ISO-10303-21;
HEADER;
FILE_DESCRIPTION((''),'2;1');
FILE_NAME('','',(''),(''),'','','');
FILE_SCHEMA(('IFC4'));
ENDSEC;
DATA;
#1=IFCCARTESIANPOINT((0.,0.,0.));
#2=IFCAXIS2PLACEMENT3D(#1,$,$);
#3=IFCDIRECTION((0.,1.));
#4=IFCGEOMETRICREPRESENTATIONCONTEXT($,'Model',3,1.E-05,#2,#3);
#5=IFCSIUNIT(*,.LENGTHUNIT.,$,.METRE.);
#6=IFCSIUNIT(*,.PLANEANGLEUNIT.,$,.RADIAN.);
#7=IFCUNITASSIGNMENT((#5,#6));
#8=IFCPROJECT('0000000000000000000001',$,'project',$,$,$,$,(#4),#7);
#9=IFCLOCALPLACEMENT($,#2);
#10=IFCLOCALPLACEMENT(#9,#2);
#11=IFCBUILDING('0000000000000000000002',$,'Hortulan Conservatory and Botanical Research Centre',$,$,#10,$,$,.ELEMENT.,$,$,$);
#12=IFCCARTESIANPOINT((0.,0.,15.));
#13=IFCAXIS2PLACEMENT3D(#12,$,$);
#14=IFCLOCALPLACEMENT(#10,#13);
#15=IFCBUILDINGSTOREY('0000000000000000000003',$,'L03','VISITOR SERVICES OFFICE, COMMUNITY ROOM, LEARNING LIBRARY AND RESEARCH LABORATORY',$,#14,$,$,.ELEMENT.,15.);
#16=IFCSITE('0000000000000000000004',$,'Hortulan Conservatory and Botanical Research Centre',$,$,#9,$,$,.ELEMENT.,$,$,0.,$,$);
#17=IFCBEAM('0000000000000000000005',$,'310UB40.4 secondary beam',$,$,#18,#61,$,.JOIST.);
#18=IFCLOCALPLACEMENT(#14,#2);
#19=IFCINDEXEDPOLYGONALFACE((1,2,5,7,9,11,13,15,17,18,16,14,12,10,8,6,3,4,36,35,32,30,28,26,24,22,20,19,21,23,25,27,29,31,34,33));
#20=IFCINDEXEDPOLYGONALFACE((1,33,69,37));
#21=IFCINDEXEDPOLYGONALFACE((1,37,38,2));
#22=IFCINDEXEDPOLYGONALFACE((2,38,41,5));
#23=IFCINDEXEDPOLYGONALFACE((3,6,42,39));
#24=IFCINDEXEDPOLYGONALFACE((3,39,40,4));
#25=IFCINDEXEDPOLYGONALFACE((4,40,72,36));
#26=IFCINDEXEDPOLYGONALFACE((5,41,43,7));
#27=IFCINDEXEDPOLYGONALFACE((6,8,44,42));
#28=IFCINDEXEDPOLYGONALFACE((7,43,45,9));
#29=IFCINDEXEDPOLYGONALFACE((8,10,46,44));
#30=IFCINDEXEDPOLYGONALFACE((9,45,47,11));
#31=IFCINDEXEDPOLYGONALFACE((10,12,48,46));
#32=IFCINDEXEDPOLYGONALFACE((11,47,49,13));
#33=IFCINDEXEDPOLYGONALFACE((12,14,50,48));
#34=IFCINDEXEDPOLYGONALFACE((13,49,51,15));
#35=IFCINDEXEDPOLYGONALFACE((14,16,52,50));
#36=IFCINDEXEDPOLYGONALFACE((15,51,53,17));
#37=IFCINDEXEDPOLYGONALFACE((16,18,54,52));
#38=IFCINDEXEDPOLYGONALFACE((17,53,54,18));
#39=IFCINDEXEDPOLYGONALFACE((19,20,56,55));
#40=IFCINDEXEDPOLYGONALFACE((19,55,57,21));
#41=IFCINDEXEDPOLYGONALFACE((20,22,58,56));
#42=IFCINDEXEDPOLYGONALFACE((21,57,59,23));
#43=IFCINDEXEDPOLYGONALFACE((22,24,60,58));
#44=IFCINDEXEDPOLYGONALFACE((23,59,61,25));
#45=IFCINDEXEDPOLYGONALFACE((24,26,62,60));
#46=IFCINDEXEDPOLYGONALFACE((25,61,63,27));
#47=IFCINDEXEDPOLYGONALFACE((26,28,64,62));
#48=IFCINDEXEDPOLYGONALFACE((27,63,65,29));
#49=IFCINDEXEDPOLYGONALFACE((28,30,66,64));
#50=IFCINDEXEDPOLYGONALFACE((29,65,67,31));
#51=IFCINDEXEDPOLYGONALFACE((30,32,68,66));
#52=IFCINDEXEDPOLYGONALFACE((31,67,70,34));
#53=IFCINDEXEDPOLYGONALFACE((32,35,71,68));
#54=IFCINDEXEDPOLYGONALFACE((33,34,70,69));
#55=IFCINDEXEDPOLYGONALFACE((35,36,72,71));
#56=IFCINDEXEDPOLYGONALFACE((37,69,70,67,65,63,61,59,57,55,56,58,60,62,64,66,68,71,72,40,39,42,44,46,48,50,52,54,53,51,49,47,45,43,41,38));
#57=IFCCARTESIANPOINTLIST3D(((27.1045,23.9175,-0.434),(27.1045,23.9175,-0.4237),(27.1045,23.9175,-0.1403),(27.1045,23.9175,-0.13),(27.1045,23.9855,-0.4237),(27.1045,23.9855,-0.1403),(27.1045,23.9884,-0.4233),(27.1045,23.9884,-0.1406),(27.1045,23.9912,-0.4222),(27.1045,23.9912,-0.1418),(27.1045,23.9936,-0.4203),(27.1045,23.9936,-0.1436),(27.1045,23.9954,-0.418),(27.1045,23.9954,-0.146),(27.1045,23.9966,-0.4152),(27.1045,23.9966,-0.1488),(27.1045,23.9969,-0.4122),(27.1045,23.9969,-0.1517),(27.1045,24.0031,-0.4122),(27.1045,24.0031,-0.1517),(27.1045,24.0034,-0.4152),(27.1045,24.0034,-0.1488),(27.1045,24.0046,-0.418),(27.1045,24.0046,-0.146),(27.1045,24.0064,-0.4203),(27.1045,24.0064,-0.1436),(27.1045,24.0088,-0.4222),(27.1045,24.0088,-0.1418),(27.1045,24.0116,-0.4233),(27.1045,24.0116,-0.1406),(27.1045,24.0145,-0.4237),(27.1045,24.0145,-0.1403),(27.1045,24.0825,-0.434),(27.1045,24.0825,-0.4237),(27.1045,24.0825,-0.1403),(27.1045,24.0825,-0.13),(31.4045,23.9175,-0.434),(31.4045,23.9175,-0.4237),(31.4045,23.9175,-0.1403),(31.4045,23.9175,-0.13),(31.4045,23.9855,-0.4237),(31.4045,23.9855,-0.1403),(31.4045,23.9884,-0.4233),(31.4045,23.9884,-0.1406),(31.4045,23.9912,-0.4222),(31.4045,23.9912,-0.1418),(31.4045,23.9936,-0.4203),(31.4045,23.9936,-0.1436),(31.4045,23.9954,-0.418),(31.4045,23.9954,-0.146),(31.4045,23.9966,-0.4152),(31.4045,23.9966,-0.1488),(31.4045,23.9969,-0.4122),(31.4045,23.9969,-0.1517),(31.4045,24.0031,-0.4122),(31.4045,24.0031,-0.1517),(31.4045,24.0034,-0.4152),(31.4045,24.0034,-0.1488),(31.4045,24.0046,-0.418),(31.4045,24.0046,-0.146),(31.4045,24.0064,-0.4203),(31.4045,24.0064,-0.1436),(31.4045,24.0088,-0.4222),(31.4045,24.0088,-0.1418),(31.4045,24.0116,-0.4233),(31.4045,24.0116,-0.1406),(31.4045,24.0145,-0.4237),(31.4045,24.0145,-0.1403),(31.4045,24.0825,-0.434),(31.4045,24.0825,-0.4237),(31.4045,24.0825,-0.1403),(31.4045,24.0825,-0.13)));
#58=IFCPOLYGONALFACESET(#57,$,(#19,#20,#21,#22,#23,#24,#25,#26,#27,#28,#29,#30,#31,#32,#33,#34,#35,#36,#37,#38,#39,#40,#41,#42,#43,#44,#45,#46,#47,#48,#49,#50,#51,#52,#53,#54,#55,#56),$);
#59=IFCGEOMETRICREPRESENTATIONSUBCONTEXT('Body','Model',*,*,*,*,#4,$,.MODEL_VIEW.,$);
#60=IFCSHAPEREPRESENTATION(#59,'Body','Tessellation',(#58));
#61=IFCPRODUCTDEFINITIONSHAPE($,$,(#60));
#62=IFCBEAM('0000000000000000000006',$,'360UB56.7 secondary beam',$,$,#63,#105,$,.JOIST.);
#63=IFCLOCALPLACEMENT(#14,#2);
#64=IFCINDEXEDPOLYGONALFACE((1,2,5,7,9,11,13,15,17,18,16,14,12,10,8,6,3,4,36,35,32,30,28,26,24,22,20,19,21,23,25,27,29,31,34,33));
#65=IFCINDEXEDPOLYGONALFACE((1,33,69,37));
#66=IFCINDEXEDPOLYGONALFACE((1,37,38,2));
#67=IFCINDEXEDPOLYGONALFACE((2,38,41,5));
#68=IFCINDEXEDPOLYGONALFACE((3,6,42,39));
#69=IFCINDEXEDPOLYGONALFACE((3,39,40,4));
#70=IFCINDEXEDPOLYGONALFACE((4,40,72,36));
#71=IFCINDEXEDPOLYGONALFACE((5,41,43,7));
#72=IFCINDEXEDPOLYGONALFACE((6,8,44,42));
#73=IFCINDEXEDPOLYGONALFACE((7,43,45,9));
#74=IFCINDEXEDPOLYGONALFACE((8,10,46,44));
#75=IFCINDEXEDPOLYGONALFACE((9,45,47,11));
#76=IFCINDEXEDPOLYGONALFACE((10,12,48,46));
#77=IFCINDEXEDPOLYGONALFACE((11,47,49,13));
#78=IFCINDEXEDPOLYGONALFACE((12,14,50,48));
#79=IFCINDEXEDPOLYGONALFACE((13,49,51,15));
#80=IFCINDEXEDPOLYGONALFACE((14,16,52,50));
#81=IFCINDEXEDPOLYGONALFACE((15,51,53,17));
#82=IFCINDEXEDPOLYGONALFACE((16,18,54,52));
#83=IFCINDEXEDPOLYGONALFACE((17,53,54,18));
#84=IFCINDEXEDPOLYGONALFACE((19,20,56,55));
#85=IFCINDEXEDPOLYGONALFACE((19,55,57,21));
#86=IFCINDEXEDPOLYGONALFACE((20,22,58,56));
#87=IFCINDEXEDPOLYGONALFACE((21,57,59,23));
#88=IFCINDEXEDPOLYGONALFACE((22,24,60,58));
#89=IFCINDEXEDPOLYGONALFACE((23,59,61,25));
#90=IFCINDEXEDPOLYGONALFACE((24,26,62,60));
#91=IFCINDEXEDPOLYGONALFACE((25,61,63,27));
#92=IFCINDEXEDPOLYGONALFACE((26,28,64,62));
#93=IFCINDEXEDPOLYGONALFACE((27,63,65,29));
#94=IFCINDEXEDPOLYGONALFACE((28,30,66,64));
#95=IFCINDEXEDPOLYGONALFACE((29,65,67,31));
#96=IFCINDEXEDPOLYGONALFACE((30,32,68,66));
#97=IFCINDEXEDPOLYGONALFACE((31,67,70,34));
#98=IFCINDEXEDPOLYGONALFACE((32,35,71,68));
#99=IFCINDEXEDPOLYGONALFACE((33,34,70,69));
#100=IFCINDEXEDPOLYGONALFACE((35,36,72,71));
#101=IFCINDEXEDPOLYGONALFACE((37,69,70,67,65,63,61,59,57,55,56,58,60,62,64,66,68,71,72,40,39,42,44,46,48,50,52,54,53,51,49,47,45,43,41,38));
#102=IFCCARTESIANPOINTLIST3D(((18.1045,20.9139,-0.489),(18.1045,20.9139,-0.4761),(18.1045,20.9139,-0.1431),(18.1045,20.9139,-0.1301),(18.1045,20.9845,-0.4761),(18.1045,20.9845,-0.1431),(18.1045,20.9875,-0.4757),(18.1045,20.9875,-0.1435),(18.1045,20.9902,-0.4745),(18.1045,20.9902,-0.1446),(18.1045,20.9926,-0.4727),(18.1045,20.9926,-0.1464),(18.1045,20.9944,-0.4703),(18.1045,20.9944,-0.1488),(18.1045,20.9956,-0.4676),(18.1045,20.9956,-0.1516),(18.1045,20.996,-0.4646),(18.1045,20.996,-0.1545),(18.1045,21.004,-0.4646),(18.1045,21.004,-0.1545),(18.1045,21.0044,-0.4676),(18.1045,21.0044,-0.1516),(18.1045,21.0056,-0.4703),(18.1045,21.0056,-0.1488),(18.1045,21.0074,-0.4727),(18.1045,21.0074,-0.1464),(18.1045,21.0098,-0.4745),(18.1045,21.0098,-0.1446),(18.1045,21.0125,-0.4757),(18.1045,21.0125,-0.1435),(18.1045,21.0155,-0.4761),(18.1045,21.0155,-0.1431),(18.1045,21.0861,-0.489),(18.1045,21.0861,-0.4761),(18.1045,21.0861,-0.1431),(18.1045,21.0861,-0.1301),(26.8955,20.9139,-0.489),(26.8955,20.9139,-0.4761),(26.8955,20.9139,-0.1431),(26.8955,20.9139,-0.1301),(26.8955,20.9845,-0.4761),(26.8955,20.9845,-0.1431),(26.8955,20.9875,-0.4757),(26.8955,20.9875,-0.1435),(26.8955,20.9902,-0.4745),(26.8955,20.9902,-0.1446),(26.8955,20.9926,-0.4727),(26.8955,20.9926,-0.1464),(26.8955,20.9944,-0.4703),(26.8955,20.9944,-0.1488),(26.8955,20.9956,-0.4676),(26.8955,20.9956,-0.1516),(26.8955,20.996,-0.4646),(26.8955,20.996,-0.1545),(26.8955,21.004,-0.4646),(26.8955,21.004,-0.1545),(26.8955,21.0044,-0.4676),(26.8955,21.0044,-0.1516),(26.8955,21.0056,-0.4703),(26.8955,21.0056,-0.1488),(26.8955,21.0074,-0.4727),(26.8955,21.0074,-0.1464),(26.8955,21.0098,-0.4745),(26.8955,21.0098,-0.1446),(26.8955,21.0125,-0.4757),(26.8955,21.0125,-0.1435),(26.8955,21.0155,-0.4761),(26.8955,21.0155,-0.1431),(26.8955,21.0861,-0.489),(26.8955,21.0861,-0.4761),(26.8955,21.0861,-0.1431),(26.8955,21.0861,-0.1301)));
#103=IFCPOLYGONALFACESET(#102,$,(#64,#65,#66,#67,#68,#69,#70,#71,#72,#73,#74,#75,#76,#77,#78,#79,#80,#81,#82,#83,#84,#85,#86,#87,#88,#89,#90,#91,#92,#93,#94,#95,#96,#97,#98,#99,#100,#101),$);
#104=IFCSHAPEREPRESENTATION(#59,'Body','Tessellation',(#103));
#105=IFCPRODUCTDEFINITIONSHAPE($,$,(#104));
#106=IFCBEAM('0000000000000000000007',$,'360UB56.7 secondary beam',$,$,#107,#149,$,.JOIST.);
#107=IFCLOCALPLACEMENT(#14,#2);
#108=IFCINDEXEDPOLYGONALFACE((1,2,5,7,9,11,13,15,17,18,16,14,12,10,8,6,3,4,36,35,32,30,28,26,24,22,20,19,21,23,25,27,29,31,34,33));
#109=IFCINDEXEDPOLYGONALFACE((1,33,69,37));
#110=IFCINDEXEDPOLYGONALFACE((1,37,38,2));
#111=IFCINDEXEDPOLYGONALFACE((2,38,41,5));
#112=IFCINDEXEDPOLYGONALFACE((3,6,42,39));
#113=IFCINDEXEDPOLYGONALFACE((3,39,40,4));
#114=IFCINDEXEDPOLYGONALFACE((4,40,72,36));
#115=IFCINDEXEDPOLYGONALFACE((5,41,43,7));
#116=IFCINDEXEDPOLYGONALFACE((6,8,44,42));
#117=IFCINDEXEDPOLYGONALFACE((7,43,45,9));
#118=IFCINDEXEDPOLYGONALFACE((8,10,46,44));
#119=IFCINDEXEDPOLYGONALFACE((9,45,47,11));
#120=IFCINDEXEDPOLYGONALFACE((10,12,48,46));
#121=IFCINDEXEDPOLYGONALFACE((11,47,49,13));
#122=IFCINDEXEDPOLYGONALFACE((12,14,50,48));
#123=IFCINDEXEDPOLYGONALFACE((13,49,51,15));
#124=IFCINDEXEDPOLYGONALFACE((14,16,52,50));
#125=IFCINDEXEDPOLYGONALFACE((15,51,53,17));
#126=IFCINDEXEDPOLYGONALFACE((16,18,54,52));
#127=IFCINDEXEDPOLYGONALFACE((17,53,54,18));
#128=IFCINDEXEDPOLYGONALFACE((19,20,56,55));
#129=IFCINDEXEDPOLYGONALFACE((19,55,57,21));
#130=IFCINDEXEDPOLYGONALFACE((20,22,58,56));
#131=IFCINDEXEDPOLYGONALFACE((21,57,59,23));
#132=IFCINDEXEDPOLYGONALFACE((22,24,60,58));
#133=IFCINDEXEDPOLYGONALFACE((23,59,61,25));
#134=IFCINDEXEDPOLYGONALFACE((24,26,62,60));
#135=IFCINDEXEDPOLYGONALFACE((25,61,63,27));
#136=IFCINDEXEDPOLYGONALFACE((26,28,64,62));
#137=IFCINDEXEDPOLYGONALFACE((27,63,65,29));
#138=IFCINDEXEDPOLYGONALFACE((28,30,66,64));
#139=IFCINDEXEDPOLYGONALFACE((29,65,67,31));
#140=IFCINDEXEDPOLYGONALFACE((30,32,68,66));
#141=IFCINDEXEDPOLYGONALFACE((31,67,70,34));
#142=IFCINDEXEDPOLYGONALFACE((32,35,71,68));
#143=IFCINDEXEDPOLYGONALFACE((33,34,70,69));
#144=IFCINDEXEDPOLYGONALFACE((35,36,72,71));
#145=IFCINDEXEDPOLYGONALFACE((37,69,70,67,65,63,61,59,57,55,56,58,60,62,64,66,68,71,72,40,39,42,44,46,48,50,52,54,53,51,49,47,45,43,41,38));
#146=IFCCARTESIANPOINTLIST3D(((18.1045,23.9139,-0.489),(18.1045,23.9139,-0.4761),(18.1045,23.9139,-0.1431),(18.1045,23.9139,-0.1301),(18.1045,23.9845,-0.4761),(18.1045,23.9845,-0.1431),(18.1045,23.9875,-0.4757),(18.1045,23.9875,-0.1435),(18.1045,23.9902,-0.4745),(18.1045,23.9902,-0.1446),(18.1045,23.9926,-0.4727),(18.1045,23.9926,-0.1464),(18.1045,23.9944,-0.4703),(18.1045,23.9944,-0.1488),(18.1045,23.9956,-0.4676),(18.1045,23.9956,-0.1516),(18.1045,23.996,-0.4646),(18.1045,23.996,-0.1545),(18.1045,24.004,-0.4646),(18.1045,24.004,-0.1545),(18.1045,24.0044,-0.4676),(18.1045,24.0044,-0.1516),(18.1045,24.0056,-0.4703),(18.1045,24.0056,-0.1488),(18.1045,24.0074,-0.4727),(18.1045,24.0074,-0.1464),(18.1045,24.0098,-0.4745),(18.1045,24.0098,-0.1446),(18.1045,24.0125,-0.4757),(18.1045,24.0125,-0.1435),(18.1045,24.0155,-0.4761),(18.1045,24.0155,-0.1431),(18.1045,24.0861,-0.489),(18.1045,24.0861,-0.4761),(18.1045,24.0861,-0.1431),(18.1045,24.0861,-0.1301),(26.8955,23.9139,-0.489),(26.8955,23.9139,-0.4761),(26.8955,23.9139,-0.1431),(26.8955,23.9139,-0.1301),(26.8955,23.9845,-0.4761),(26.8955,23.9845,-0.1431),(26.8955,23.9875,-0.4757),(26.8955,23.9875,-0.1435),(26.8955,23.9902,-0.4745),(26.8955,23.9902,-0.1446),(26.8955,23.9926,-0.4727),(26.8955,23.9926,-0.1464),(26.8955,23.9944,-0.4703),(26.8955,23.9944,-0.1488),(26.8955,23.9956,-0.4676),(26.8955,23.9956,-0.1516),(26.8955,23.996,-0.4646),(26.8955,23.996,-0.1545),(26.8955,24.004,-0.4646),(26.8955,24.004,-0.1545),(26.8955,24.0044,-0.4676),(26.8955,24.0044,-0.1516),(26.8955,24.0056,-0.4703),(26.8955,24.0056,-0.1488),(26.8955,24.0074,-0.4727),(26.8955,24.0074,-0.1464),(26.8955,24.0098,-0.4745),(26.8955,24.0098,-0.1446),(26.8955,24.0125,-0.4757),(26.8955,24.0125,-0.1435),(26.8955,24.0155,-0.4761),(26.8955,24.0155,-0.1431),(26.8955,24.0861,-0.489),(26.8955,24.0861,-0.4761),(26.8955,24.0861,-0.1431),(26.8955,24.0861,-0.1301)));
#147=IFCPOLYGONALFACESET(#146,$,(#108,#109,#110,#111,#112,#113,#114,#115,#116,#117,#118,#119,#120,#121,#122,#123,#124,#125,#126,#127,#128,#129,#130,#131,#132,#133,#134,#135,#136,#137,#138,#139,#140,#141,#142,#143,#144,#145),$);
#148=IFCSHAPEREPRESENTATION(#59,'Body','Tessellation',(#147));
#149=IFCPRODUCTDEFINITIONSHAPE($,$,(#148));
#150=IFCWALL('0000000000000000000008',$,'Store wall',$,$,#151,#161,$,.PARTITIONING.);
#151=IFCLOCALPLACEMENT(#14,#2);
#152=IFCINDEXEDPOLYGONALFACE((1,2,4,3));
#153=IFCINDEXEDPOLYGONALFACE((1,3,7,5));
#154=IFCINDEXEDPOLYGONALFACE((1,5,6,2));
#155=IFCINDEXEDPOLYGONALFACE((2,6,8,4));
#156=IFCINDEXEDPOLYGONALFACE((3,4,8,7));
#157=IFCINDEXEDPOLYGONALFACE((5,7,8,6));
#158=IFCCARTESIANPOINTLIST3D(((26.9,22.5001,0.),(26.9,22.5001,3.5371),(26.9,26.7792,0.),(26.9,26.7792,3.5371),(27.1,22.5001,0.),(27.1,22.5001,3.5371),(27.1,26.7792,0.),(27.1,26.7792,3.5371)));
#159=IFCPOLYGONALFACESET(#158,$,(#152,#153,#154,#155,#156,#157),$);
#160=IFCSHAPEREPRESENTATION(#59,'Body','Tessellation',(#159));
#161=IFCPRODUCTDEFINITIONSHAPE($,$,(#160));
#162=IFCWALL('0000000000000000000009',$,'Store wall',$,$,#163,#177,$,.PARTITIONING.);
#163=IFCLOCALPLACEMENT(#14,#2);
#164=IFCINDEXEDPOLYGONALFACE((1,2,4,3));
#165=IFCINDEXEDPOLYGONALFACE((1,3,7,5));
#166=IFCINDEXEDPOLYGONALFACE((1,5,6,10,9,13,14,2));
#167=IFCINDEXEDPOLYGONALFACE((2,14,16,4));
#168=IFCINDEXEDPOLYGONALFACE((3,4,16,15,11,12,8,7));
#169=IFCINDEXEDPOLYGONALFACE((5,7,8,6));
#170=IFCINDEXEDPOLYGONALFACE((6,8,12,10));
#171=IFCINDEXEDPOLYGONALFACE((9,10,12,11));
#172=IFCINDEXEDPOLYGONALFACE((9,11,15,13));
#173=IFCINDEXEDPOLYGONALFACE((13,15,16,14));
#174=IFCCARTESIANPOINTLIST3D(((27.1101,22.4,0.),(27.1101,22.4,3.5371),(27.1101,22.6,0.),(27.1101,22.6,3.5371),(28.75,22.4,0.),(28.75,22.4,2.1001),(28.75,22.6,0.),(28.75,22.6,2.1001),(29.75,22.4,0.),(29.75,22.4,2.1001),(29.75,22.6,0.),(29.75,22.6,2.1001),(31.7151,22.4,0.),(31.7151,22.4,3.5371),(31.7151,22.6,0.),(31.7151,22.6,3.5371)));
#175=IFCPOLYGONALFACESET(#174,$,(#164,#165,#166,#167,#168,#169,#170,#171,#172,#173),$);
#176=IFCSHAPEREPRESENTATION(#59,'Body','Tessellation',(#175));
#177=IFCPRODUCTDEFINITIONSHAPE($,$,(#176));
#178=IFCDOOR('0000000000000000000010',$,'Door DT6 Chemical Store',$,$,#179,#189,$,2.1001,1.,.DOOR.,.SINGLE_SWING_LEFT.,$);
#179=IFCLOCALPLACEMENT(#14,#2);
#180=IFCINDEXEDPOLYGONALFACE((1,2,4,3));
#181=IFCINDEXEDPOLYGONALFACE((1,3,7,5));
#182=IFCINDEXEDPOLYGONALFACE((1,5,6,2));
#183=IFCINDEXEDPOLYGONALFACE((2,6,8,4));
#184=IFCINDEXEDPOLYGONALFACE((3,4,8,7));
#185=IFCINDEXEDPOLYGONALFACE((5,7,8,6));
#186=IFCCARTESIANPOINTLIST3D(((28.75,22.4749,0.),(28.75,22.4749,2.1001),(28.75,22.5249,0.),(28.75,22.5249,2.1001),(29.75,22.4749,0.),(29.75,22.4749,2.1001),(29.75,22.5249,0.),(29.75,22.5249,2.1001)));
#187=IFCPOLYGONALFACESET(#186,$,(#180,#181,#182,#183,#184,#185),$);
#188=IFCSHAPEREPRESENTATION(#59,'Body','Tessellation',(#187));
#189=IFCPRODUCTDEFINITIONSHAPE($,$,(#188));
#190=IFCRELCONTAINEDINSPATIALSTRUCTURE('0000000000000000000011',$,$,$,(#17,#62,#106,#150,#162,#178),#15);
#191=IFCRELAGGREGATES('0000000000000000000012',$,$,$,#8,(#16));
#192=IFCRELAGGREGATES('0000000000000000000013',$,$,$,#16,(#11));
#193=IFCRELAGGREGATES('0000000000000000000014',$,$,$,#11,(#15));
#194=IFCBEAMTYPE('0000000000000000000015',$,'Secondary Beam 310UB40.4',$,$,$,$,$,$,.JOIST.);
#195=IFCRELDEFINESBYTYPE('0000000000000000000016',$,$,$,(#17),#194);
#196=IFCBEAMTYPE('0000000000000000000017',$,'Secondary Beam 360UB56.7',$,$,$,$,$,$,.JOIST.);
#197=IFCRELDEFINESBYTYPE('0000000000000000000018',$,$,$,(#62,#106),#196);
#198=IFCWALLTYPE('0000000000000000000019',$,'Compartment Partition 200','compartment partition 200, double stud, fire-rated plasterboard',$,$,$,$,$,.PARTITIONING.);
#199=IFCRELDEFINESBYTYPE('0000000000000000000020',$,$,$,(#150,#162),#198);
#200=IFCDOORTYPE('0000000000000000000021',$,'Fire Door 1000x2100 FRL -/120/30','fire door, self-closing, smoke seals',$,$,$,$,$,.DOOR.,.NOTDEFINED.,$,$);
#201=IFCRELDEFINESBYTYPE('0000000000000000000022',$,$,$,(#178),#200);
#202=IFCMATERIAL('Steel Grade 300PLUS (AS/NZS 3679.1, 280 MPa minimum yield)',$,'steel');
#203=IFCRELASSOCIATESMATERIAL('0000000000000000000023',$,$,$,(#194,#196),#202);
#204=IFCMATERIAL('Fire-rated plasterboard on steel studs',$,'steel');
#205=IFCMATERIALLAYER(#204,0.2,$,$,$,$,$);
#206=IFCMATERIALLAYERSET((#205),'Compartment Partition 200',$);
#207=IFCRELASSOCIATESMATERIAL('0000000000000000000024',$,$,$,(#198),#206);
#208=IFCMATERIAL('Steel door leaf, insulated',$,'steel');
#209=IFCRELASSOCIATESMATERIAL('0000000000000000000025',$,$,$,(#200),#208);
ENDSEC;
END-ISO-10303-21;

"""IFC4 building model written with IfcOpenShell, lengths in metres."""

from ifc_helpers import new_model, si_unit, direction, frame, frame_2d, origin, origin_2d, place, context, subcontext, project, spatial, rectangle, i_section, extrude, material, layer, layer_set, material_profile, profile_set, type_object, element, fill, save


model = new_model("IFC4")

# Units and contexts
model_context = context("Model", 3, precision=1e-05, world=origin(), true_north=direction((0.0, 1.0)))
body_context = subcontext(model_context, "Body", "Model", "MODEL_VIEW")
ifc_project = project(units=[si_unit("LENGTHUNIT", "METRE"), si_unit("PLANEANGLEUNIT", "RADIAN")], contexts=[model_context])

# Site, building, storey
site_placement = place(None, origin())
site = spatial("IfcSite", under=ifc_project, at=site_placement, Name="Hortulan Conservatory and Botanical Research Centre", CompositionType="ELEMENT", RefElevation=0.0)
building_placement = place(site_placement, origin())
building = spatial("IfcBuilding", under=site, at=building_placement, Name="Hortulan Conservatory and Botanical Research Centre", CompositionType="ELEMENT")
storey_placement = place(building_placement, frame((0.0, 0.0, 15.0)))
storey = spatial("IfcBuildingStorey", under=building, at=storey_placement, Name="L03", Description="VISITOR SERVICES OFFICE, COMMUNITY ROOM, LEARNING LIBRARY AND RESEARCH LABORATORY", CompositionType="ELEMENT", Elevation=15.0)

# Beams
ifc_material_1 = material(Name="Steel Grade 300PLUS (AS/NZS 3679.1, 280 MPa minimum yield)", Category="steel")
ifc_material_profile_1 = material_profile(ifc_material_1, i_section(OverallWidth=0.165, OverallDepth=0.304, WebThickness=0.0061, FlangeThickness=0.0103, FilletRadius=0.0115, at=origin_2d()), Name="310UB40.4")
ifc_profile_set_1 = profile_set([ifc_material_profile_1], Name="Steel Grade 300PLUS (AS/NZS 3679.1, 280 MPa minimum yield)")
beam_type_1 = type_object("IfcBeamType", Name="Secondary Beam 310UB40.4", PredefinedType="JOIST", material=ifc_profile_set_1)
for number, where, z_axis, x_axis, name in (
    (1, (27.1045, 24.0, -0.282), (1.0, 0.0, 0.0), (0.0, 1.0, 0.0), "310UB40.4 secondary beam"),
):
    element("IfcBeam", number, at=place(storey_placement, frame(where, z_axis=z_axis, x_axis=x_axis)), inside=storey, type_object=beam_type_1, Name=name, PredefinedType="JOIST", context=body_context, shape_type="SweptSolid", body=[
        extrude(i_section(OverallWidth=0.165, OverallDepth=0.304, WebThickness=0.0061, FlangeThickness=0.0103, FilletRadius=0.0115, at=origin_2d()), origin(), (0.0, 0.0, 1.0), 4.3),
    ])
ifc_material_profile_2 = material_profile(ifc_material_1, i_section(OverallWidth=0.1721, OverallDepth=0.3589, WebThickness=0.0081, FlangeThickness=0.0129, FilletRadius=0.0115, at=origin_2d()), Name="360UB56.7")
ifc_profile_set_2 = profile_set([ifc_material_profile_2], Name="Steel Grade 300PLUS (AS/NZS 3679.1, 280 MPa minimum yield)")
beam_type_2 = type_object("IfcBeamType", Name="Secondary Beam 360UB56.7", PredefinedType="JOIST", material=ifc_profile_set_2)
for number, where, z_axis, x_axis, name in (
    (2, (18.1045, 21.0, -0.3096), (1.0, 0.0, 0.0), (0.0, 1.0, 0.0), "360UB56.7 secondary beam"),
    (3, (18.1045, 24.0, -0.3096), (1.0, 0.0, 0.0), (0.0, 1.0, 0.0), "360UB56.7 secondary beam"),
):
    element("IfcBeam", number, at=place(storey_placement, frame(where, z_axis=z_axis, x_axis=x_axis)), inside=storey, type_object=beam_type_2, Name=name, PredefinedType="JOIST", context=body_context, shape_type="SweptSolid", body=[
        extrude(i_section(OverallWidth=0.1721, OverallDepth=0.3589, WebThickness=0.0081, FlangeThickness=0.0129, FilletRadius=0.0115, at=origin_2d()), origin(), (0.0, 0.0, 1.0), 8.791),
    ])

# Wall
ifc_material_2 = material(Name="Fire-rated plasterboard on steel studs", Category="steel")
ifc_layer_1 = layer(ifc_material_2, 0.2)
ifc_layer_set_1 = layer_set([ifc_layer_1], Name="Compartment Partition 200")
wall_type_1 = type_object("IfcWallType", Name="Compartment Partition 200", Description="compartment partition 200, double stud, fire-rated plasterboard", PredefinedType="PARTITIONING", material=ifc_layer_set_1)
wall_1_placement = place(storey_placement, frame((27.0, 22.5, 0.0), z_axis=(0.0, 0.0, 1.0), x_axis=(0.0, 1.0, 0.0)))
element("IfcWall", 4, at=wall_1_placement, inside=storey, type_object=wall_type_1, Name="Store wall", PredefinedType="PARTITIONING", context=body_context, shape_type="SweptSolid", body=[
    extrude(rectangle(XDim=4.2791, YDim=0.2, at=frame_2d((2.1396, 0.0))), origin(), (0.0, 0.0, 1.0), 3.5371),
])

# Wall, opening, door
wall_2_placement = place(storey_placement, frame((27.1101, 22.5, 0.0), z_axis=(0.0, 0.0, 1.0), x_axis=(1.0, 0.0, 0.0)))
wall_2 = element("IfcWall", 5, at=wall_2_placement, inside=storey, type_object=wall_type_1, Name="Store wall", PredefinedType="PARTITIONING", context=body_context, shape_type="SweptSolid", body=[
    extrude(rectangle(XDim=4.605, YDim=0.2, at=frame_2d((2.3025, 0.0))), origin(), (0.0, 0.0, 1.0), 3.5371),
])
opening_1_placement = place(wall_2_placement, frame((1.6399, 0.0, 0.0)))
opening_1 = element("IfcOpeningElement", 6, at=opening_1_placement, cuts=wall_2, PredefinedType="OPENING", context=body_context, shape_type="SweptSolid", body=[
    extrude(rectangle(XDim=1.0, YDim=2.1001, at=frame_2d((0.5, 1.05))), frame((0.0, 0.1099, 0.0), z_axis=(0.0, -1.0, 0.0), x_axis=(1.0, 0.0, 0.0)), (0.0, 0.0, 1.0), 0.22),
])
ifc_material_3 = material(Name="Steel door leaf, insulated", Category="steel")
door_type_1 = type_object("IfcDoorType", Name="Fire Door 1000x2100 FRL -/120/30", Description="fire door, self-closing, smoke seals", OperationType="NOTDEFINED", PredefinedType="DOOR", material=ifc_material_3)
door_1_placement = place(opening_1_placement, origin())
door_1 = element("IfcDoor", 7, at=door_1_placement, inside=storey, type_object=door_type_1, Name="Door DT6 Chemical Store", OperationType="SINGLE_SWING_LEFT", OverallHeight=2.1001, OverallWidth=1.0, PredefinedType="DOOR", context=body_context, shape_type="SweptSolid", body=[
    extrude(rectangle(XDim=1.0, YDim=2.1001, at=frame_2d((0.5, 1.05))), frame((0.0, 0.0249, 0.0), z_axis=(0.0, -1.0, 0.0), x_axis=(1.0, 0.0, 0.0)), (0.0, 0.0, 1.0), 0.05),
])
fill(opening_1, door_1)

save(model, "model.ifc")
